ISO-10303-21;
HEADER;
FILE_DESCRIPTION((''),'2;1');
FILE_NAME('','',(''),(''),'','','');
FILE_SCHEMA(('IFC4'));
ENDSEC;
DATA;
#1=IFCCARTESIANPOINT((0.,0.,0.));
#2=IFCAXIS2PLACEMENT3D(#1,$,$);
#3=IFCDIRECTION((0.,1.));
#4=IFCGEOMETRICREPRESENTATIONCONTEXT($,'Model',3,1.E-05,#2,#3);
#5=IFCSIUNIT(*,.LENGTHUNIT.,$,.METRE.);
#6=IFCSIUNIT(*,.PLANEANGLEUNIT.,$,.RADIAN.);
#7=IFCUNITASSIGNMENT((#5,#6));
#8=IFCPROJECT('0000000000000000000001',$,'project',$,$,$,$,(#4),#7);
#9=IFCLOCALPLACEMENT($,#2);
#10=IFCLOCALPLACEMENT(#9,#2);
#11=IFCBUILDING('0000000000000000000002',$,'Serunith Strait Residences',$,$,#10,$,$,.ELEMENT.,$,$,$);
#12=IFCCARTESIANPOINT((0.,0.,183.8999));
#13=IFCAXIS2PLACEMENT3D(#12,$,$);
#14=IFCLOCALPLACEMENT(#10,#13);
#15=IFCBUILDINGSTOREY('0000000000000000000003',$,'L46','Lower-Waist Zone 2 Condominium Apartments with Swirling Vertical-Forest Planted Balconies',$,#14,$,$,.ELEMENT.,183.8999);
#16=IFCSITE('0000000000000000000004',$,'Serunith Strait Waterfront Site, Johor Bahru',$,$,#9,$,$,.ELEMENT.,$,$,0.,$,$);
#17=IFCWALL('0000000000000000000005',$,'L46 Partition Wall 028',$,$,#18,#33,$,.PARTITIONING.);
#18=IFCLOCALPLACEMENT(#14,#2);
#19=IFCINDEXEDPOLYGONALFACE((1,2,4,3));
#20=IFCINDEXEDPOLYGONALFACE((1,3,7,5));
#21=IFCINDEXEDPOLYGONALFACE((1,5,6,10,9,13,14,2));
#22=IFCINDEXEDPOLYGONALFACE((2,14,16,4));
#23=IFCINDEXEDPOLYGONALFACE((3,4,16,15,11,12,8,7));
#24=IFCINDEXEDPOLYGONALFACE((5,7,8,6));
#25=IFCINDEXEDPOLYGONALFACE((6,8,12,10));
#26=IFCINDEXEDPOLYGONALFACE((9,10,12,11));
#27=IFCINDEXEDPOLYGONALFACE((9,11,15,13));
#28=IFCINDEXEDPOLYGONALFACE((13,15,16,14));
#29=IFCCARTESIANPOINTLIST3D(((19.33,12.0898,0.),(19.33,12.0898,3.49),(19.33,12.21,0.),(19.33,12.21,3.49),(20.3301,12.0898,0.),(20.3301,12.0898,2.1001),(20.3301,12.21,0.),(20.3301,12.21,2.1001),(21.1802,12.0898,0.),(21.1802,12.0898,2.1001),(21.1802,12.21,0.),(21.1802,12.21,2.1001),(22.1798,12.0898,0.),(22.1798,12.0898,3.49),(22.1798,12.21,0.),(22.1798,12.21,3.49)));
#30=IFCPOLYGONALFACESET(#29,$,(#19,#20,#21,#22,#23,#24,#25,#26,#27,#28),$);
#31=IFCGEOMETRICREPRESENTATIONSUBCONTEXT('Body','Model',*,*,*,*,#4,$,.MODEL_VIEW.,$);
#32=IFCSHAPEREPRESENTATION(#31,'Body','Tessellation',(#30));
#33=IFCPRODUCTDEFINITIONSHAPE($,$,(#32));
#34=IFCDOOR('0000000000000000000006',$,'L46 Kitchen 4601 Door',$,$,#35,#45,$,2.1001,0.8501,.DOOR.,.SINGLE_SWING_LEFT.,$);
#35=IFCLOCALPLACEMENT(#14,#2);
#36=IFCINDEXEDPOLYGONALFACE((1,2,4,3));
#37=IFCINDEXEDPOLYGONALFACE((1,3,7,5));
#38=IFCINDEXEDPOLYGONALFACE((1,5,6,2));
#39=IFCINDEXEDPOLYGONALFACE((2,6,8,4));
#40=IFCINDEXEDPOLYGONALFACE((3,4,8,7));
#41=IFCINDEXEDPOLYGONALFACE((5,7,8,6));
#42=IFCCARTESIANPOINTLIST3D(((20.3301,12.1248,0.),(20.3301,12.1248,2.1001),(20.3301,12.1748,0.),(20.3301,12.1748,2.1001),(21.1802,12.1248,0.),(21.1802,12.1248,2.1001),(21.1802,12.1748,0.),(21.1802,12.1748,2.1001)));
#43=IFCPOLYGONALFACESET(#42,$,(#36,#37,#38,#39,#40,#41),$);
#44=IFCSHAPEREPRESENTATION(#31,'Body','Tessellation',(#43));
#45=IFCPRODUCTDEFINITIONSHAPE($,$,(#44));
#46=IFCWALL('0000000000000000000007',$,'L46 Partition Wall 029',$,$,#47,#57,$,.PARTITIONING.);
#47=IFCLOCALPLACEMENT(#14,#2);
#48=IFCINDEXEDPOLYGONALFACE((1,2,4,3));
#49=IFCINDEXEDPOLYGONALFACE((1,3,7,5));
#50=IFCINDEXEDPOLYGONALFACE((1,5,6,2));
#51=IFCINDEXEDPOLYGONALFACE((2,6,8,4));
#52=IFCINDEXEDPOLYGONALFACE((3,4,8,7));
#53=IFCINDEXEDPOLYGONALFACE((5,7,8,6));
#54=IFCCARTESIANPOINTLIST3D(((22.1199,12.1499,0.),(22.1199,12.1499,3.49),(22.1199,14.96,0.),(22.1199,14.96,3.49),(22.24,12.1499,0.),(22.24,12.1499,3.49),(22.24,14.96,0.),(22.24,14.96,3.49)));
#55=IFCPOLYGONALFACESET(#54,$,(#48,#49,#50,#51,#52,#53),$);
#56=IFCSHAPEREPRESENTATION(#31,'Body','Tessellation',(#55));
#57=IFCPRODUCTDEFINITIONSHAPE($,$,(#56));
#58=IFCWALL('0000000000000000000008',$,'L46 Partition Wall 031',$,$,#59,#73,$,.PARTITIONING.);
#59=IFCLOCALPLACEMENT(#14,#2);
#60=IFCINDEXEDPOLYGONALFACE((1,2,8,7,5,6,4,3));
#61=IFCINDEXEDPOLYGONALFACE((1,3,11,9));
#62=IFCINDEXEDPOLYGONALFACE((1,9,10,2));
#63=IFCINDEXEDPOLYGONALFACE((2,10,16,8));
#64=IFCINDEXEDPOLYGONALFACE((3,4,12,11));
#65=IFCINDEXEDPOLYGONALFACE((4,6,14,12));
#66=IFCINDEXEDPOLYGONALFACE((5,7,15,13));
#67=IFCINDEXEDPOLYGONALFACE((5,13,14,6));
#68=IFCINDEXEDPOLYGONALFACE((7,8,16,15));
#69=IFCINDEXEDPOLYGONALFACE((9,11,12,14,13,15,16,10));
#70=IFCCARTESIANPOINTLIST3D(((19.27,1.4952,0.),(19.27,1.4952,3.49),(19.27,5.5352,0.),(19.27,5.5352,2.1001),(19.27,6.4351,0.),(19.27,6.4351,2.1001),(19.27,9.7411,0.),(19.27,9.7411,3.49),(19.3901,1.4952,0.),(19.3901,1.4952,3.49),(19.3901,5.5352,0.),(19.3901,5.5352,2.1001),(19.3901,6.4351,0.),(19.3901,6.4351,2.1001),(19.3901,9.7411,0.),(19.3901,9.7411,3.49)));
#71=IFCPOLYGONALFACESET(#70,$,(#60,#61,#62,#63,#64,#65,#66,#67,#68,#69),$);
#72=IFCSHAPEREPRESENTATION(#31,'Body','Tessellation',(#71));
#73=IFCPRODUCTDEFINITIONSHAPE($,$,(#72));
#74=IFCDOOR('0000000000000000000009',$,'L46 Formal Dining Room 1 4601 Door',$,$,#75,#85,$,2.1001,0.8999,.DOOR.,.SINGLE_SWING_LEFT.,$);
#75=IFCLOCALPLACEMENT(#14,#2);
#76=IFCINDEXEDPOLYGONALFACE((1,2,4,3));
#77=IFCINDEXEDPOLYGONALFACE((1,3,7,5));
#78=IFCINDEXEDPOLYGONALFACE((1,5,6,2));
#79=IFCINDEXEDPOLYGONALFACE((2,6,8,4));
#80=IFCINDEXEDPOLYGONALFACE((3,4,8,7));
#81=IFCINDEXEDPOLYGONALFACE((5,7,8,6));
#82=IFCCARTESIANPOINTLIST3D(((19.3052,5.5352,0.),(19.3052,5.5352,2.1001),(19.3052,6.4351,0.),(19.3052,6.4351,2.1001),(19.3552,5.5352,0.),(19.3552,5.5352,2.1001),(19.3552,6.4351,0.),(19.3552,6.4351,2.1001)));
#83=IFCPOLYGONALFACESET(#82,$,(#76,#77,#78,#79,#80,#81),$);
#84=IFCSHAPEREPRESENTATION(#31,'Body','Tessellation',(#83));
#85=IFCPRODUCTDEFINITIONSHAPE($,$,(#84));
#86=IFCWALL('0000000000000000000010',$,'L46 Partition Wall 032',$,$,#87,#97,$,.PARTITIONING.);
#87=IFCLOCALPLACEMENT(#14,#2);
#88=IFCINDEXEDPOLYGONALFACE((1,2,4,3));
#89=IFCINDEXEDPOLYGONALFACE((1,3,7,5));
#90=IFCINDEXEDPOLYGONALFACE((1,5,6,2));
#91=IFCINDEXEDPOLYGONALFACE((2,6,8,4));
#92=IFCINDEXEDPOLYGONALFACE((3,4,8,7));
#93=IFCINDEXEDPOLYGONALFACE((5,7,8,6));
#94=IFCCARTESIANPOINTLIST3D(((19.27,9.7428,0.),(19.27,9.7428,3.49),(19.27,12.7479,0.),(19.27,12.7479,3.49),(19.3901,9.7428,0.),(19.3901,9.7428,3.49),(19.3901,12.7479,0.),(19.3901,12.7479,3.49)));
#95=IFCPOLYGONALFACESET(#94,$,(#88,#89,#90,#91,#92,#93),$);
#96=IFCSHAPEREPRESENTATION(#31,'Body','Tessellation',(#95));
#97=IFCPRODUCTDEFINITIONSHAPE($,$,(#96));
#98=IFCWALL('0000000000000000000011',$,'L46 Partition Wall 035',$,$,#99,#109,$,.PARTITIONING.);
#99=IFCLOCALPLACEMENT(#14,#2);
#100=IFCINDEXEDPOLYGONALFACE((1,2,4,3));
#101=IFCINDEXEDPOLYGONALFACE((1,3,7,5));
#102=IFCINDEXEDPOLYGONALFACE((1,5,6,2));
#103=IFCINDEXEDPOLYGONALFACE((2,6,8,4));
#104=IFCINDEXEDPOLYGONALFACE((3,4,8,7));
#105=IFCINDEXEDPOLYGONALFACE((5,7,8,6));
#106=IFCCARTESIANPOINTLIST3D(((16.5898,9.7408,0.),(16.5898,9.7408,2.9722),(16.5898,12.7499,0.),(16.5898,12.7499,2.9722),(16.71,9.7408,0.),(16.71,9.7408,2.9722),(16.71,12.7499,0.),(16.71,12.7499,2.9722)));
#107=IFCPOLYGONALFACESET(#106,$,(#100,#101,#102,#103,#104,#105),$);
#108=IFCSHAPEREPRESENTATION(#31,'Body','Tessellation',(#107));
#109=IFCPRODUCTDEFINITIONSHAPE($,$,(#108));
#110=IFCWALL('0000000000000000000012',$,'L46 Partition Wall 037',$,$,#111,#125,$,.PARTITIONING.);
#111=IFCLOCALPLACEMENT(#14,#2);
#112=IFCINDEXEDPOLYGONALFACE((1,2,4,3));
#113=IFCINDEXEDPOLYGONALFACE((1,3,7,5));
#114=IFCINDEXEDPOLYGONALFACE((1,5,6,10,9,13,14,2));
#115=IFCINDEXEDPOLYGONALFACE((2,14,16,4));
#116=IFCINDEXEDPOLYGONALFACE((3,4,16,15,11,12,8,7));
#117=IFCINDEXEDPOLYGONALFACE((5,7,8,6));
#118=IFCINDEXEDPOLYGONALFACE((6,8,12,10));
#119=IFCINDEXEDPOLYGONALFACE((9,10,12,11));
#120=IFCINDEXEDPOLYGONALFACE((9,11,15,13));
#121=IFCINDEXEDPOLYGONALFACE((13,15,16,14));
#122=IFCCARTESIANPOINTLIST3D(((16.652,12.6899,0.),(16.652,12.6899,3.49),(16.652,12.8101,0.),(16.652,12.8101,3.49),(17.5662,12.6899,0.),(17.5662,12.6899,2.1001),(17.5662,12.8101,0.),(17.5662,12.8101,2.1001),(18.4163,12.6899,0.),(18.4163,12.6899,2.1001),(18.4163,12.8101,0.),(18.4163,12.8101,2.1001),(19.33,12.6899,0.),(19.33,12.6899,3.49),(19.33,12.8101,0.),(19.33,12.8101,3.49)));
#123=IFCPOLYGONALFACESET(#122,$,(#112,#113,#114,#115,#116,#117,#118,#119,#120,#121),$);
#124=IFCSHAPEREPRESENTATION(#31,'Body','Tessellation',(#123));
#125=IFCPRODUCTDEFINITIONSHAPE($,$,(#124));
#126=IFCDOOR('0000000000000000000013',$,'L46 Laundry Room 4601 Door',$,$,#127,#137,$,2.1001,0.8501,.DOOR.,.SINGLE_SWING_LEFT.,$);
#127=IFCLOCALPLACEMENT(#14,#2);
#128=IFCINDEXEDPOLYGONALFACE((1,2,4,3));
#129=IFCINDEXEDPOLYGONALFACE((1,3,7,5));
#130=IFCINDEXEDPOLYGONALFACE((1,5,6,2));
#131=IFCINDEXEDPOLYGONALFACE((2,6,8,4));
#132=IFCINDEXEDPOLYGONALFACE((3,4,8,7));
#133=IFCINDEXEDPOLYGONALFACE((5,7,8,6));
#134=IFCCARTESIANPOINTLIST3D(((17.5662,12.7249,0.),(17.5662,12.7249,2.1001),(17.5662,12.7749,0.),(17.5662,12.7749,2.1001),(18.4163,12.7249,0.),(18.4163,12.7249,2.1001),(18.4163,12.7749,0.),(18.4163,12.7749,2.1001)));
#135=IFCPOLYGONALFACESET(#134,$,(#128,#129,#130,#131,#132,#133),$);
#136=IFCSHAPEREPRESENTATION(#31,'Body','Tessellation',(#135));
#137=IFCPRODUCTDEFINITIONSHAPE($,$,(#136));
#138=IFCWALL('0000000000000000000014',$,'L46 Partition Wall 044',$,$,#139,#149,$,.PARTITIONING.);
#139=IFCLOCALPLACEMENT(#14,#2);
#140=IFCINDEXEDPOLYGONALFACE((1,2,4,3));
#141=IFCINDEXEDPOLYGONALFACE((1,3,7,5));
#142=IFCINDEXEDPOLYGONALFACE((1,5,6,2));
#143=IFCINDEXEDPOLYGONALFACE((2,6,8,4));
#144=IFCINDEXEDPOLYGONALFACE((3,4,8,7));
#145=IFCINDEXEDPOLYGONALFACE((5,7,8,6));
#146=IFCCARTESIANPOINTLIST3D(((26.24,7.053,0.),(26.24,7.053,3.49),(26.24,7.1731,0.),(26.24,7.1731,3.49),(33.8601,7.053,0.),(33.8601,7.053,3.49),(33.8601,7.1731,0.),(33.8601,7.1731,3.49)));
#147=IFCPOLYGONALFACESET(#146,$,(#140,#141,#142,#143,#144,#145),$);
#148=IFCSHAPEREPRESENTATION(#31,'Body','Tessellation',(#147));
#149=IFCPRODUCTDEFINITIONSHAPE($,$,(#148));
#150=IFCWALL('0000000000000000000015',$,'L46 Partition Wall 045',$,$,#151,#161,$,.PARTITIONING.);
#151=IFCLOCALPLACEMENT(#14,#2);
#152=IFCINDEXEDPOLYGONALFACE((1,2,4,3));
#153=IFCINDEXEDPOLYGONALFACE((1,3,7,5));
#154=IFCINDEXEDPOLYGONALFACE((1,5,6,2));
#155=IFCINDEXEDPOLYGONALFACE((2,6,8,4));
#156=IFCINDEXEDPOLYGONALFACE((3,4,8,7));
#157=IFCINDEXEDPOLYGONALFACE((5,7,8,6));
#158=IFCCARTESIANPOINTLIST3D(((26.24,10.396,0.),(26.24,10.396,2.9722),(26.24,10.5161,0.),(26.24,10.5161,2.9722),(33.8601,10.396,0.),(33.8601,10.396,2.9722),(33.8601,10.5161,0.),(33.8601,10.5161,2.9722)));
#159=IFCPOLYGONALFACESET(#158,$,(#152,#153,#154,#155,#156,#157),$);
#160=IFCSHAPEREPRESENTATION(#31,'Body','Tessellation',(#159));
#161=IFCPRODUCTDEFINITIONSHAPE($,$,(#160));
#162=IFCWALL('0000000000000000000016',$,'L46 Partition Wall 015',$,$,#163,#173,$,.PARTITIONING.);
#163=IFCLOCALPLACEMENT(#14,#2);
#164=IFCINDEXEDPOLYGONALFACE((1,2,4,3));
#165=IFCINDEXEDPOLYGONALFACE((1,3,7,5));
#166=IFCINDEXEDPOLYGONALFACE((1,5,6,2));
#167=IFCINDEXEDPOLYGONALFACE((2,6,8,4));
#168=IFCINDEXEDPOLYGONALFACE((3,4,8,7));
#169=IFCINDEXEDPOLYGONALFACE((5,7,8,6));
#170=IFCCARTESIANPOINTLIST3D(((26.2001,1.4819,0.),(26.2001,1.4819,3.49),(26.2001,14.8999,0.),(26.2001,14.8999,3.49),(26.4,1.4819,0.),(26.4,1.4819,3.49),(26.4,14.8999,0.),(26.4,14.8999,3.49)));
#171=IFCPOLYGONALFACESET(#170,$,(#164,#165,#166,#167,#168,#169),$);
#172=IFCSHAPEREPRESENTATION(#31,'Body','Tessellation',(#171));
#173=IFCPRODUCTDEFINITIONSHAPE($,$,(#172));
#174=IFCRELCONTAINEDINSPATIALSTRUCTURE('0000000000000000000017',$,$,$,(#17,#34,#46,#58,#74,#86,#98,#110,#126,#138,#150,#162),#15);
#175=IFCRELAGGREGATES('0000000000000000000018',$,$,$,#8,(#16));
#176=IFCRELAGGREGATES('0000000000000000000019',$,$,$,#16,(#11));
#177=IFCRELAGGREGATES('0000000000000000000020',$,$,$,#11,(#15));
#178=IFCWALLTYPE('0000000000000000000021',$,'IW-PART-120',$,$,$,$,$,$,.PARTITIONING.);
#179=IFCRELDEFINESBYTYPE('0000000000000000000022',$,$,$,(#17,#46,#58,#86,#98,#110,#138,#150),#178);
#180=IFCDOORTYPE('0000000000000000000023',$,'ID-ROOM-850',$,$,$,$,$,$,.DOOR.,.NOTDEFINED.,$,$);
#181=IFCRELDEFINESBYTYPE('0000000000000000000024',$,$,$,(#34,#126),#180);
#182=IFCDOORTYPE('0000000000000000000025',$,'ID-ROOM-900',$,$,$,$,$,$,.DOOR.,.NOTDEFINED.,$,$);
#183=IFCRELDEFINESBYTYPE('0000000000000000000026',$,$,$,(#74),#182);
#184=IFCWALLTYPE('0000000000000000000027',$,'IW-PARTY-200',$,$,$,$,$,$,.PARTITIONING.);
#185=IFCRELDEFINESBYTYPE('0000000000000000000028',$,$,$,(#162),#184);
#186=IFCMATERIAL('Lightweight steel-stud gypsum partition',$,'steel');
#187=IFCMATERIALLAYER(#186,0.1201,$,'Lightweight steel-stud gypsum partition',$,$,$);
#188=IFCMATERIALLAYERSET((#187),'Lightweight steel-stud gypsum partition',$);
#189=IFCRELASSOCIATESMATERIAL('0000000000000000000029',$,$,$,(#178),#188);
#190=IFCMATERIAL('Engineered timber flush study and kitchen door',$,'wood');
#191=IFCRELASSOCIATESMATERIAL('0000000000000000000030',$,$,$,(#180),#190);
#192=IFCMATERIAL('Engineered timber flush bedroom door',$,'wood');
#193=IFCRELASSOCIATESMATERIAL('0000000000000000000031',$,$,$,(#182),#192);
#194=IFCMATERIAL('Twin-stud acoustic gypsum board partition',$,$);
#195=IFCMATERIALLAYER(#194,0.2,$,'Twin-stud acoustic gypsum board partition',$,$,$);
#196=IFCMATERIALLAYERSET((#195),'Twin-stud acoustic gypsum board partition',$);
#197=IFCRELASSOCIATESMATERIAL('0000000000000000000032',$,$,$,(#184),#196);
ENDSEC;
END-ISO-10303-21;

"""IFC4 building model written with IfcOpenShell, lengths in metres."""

from ifc_helpers import new_model, si_unit, direction, frame, frame_2d, origin, place, context, subcontext, project, spatial, rectangle, extrude, source, transform, mapped, material, layer, layer_set, type_object, element, fill, save


model = new_model("IFC4")

# Units and contexts
model_context = context("Model", 3, precision=1e-05, world=origin(), true_north=direction((0.0, 1.0)))
body_context = subcontext(model_context, "Body", "Model", "MODEL_VIEW")
ifc_project = project(units=[si_unit("LENGTHUNIT", "METRE"), si_unit("PLANEANGLEUNIT", "RADIAN")], contexts=[model_context])

# Site, building, storey
site_placement = place(None, origin())
site = spatial("IfcSite", under=ifc_project, at=site_placement, Name="Serunith Strait Waterfront Site, Johor Bahru", CompositionType="ELEMENT", RefElevation=0.0)
building_placement = place(site_placement, origin())
building = spatial("IfcBuilding", under=site, at=building_placement, Name="Serunith Strait Residences", CompositionType="ELEMENT")
storey_placement = place(building_placement, frame((0.0, 0.0, 183.8999)))
storey = spatial("IfcBuildingStorey", under=building, at=storey_placement, Name="L46", Description="Lower-Waist Zone 2 Condominium Apartments with Swirling Vertical-Forest Planted Balconies", CompositionType="ELEMENT", Elevation=183.8999)

# Wall, opening, door
ifc_material_1 = material(Name="Lightweight steel-stud gypsum partition", Category="steel")
ifc_layer_1 = layer(ifc_material_1, 0.1201, Name="Lightweight steel-stud gypsum partition")
ifc_layer_set_1 = layer_set([ifc_layer_1], Name="Lightweight steel-stud gypsum partition")
wall_type_1 = type_object("IfcWallType", Name="IW-PART-120", PredefinedType="PARTITIONING", material=ifc_layer_set_1)
wall_1_placement = place(storey_placement, frame((19.3301, 12.1499, 0.0), z_axis=(0.0, 0.0, 1.0), x_axis=(1.0, 0.0, 0.0)))
wall_1 = element("IfcWall", 1, at=wall_1_placement, inside=storey, type_object=wall_type_1, Name="L46 Partition Wall 028", PredefinedType="PARTITIONING", context=body_context, shape_type="SweptSolid", body=[
    extrude(rectangle(XDim=2.8499, YDim=0.1201, at=frame_2d((1.4248, 0.0))), origin(), (0.0, 0.0, 1.0), 3.49),
])
opening_1_placement = place(wall_1_placement, frame((1.0, 0.0, 0.0)))
opening_1 = element("IfcOpeningElement", 2, at=opening_1_placement, cuts=wall_1, PredefinedType="OPENING", context=body_context, shape_type="SweptSolid", body=[
    extrude(rectangle(XDim=0.8501, YDim=2.1001, at=frame_2d((0.425, 1.05))), frame((0.0, 0.0701, 0.0), z_axis=(0.0, -1.0, 0.0), x_axis=(1.0, 0.0, 0.0)), (0.0, 0.0, 1.0), 0.1401),
])
ifc_material_2 = material(Name="Engineered timber flush study and kitchen door", Category="wood")
door_type_1 = type_object("IfcDoorType", Name="ID-ROOM-850", OperationType="NOTDEFINED", PredefinedType="DOOR", material=ifc_material_2)
shared_shape_1 = source(origin(), body_context, "Body", "SweptSolid", [
    extrude(rectangle(XDim=0.8501, YDim=2.1001, at=frame_2d((0.425, 1.05))), frame((0.0, 0.0249, 0.0), z_axis=(0.0, -1.0, 0.0), x_axis=(1.0, 0.0, 0.0)), (0.0, 0.0, 1.0), 0.05),
])
door_1_placement = place(opening_1_placement, origin())
door_1 = element("IfcDoor", 3, at=door_1_placement, inside=storey, type_object=door_type_1, Name="L46 Kitchen 4601 Door", OperationType="SINGLE_SWING_LEFT", OverallHeight=2.1001, OverallWidth=0.8501, PredefinedType="DOOR", context=body_context, shape_type="MappedRepresentation", body=[
    mapped(shared_shape_1, transform((0.0, 0.0, 0.0), scale=1.0)),
])
fill(opening_1, door_1)

# Wall
wall_2_placement = place(storey_placement, frame((22.1799, 12.1499, 0.0), z_axis=(0.0, 0.0, 1.0), x_axis=(0.0, 1.0, 0.0)))
element("IfcWall", 4, at=wall_2_placement, inside=storey, type_object=wall_type_1, Name="L46 Partition Wall 029", PredefinedType="PARTITIONING", context=body_context, shape_type="SweptSolid", body=[
    extrude(rectangle(XDim=2.8101, YDim=0.1201, at=frame_2d((1.405, 0.0))), origin(), (0.0, 0.0, 1.0), 3.49),
])

# Wall, opening, door
wall_3_placement = place(storey_placement, frame((19.3301, 1.4951, 0.0), z_axis=(0.0, 0.0, 1.0), x_axis=(0.0, 1.0, 0.0)))
wall_3 = element("IfcWall", 5, at=wall_3_placement, inside=storey, type_object=wall_type_1, Name="L46 Partition Wall 031", PredefinedType="PARTITIONING", context=body_context, shape_type="SweptSolid", body=[
    extrude(rectangle(XDim=8.2458, YDim=0.1201, at=frame_2d((4.123, 0.0))), origin(), (0.0, 0.0, 1.0), 3.49),
])
opening_2_placement = place(wall_3_placement, frame((4.04, 0.0, 0.0)))
opening_2 = element("IfcOpeningElement", 6, at=opening_2_placement, cuts=wall_3, PredefinedType="OPENING", context=body_context, shape_type="SweptSolid", body=[
    extrude(rectangle(XDim=0.8999, YDim=2.1001, at=frame_2d((0.45, 1.05))), frame((0.0, 0.0701, 0.0), z_axis=(0.0, -1.0, 0.0), x_axis=(1.0, 0.0, 0.0)), (0.0, 0.0, 1.0), 0.1401),
])
ifc_material_3 = material(Name="Engineered timber flush bedroom door", Category="wood")
door_type_2 = type_object("IfcDoorType", Name="ID-ROOM-900", OperationType="NOTDEFINED", PredefinedType="DOOR", material=ifc_material_3)
shared_shape_2 = source(origin(), body_context, "Body", "SweptSolid", [
    extrude(rectangle(XDim=0.8999, YDim=2.1001, at=frame_2d((0.45, 1.05))), frame((0.0, 0.0249, 0.0), z_axis=(0.0, -1.0, 0.0), x_axis=(1.0, 0.0, 0.0)), (0.0, 0.0, 1.0), 0.05),
])
door_2_placement = place(opening_2_placement, origin())
door_2 = element("IfcDoor", 7, at=door_2_placement, inside=storey, type_object=door_type_2, Name="L46 Formal Dining Room 1 4601 Door", OperationType="SINGLE_SWING_LEFT", OverallHeight=2.1001, OverallWidth=0.8999, PredefinedType="DOOR", context=body_context, shape_type="MappedRepresentation", body=[
    mapped(shared_shape_2, transform((0.0, 0.0, 0.0), scale=1.0)),
])
fill(opening_2, door_2)

# Walls
wall_4_placement = place(storey_placement, frame((19.3301, 9.7429, 0.0), z_axis=(0.0, 0.0, 1.0), x_axis=(0.0, 1.0, 0.0)))
element("IfcWall", 8, at=wall_4_placement, inside=storey, type_object=wall_type_1, Name="L46 Partition Wall 032", PredefinedType="PARTITIONING", context=body_context, shape_type="SweptSolid", body=[
    extrude(rectangle(XDim=3.0051, YDim=0.1201, at=frame_2d((1.5024, 0.0))), origin(), (0.0, 0.0, 1.0), 3.49),
])
wall_5_placement = place(storey_placement, frame((16.6499, 9.741, 0.0), z_axis=(0.0, 0.0, 1.0), x_axis=(0.0, 1.0, 0.0)))
element("IfcWall", 9, at=wall_5_placement, inside=storey, type_object=wall_type_1, Name="L46 Partition Wall 035", PredefinedType="PARTITIONING", context=body_context, shape_type="SweptSolid", body=[
    extrude(rectangle(XDim=3.009, YDim=0.1201, at=frame_2d((1.5044, 0.0))), origin(), (0.0, 0.0, 1.0), 2.9722),
])

# Wall, opening, door
wall_6_placement = place(storey_placement, frame((16.6521, 12.75, 0.0), z_axis=(0.0, 0.0, 1.0), x_axis=(1.0, 0.0, 0.0)))
wall_6 = element("IfcWall", 10, at=wall_6_placement, inside=storey, type_object=wall_type_1, Name="L46 Partition Wall 037", PredefinedType="PARTITIONING", context=body_context, shape_type="SweptSolid", body=[
    extrude(rectangle(XDim=2.678, YDim=0.1201, at=frame_2d((1.3389, 0.0))), origin(), (0.0, 0.0, 1.0), 3.49),
])
opening_3_placement = place(wall_6_placement, frame((0.9141, 0.0, 0.0)))
opening_3 = element("IfcOpeningElement", 11, at=opening_3_placement, cuts=wall_6, PredefinedType="OPENING", context=body_context, shape_type="SweptSolid", body=[
    extrude(rectangle(XDim=0.8501, YDim=2.1001, at=frame_2d((0.425, 1.05))), frame((0.0, 0.0701, 0.0), z_axis=(0.0, -1.0, 0.0), x_axis=(1.0, 0.0, 0.0)), (0.0, 0.0, 1.0), 0.1401),
])
door_3_placement = place(opening_3_placement, origin())
door_3 = element("IfcDoor", 12, at=door_3_placement, inside=storey, type_object=door_type_1, Name="L46 Laundry Room 4601 Door", OperationType="SINGLE_SWING_LEFT", OverallHeight=2.1001, OverallWidth=0.8501, PredefinedType="DOOR", context=body_context, shape_type="MappedRepresentation", body=[
    mapped(shared_shape_1, transform((0.0, 0.0, 0.0), scale=1.0)),
])
fill(opening_3, door_3)

# Walls
wall_7_placement = place(storey_placement, frame((26.24, 7.113, 0.0), z_axis=(0.0, 0.0, 1.0), x_axis=(1.0, 0.0, 0.0)))
element("IfcWall", 13, at=wall_7_placement, inside=storey, type_object=wall_type_1, Name="L46 Partition Wall 044", PredefinedType="PARTITIONING", context=body_context, shape_type="SweptSolid", body=[
    extrude(rectangle(XDim=7.6201, YDim=0.1201, at=frame_2d((3.8101, 0.0))), origin(), (0.0, 0.0, 1.0), 3.49),
])
wall_8_placement = place(storey_placement, frame((26.24, 10.4561, 0.0), z_axis=(0.0, 0.0, 1.0), x_axis=(1.0, 0.0, 0.0)))
element("IfcWall", 14, at=wall_8_placement, inside=storey, type_object=wall_type_1, Name="L46 Partition Wall 045", PredefinedType="PARTITIONING", context=body_context, shape_type="SweptSolid", body=[
    extrude(rectangle(XDim=7.6201, YDim=0.1201, at=frame_2d((3.8101, 0.0))), origin(), (0.0, 0.0, 1.0), 2.9722),
])
ifc_material_4 = material(Name="Twin-stud acoustic gypsum board partition")
ifc_layer_2 = layer(ifc_material_4, 0.2, Name="Twin-stud acoustic gypsum board partition")
ifc_layer_set_2 = layer_set([ifc_layer_2], Name="Twin-stud acoustic gypsum board partition")
wall_type_2 = type_object("IfcWallType", Name="IW-PARTY-200", PredefinedType="PARTITIONING", material=ifc_layer_set_2)
wall_9_placement = place(storey_placement, frame((26.3, 1.4819, 0.0), z_axis=(0.0, 0.0, 1.0), x_axis=(0.0, 1.0, 0.0)))
element("IfcWall", 15, at=wall_9_placement, inside=storey, type_object=wall_type_2, Name="L46 Partition Wall 015", PredefinedType="PARTITIONING", context=body_context, shape_type="SweptSolid", body=[
    extrude(rectangle(XDim=13.418, YDim=0.2, at=frame_2d((6.709, 0.0))), origin(), (0.0, 0.0, 1.0), 3.49),
])

save(model, "model.ifc")
